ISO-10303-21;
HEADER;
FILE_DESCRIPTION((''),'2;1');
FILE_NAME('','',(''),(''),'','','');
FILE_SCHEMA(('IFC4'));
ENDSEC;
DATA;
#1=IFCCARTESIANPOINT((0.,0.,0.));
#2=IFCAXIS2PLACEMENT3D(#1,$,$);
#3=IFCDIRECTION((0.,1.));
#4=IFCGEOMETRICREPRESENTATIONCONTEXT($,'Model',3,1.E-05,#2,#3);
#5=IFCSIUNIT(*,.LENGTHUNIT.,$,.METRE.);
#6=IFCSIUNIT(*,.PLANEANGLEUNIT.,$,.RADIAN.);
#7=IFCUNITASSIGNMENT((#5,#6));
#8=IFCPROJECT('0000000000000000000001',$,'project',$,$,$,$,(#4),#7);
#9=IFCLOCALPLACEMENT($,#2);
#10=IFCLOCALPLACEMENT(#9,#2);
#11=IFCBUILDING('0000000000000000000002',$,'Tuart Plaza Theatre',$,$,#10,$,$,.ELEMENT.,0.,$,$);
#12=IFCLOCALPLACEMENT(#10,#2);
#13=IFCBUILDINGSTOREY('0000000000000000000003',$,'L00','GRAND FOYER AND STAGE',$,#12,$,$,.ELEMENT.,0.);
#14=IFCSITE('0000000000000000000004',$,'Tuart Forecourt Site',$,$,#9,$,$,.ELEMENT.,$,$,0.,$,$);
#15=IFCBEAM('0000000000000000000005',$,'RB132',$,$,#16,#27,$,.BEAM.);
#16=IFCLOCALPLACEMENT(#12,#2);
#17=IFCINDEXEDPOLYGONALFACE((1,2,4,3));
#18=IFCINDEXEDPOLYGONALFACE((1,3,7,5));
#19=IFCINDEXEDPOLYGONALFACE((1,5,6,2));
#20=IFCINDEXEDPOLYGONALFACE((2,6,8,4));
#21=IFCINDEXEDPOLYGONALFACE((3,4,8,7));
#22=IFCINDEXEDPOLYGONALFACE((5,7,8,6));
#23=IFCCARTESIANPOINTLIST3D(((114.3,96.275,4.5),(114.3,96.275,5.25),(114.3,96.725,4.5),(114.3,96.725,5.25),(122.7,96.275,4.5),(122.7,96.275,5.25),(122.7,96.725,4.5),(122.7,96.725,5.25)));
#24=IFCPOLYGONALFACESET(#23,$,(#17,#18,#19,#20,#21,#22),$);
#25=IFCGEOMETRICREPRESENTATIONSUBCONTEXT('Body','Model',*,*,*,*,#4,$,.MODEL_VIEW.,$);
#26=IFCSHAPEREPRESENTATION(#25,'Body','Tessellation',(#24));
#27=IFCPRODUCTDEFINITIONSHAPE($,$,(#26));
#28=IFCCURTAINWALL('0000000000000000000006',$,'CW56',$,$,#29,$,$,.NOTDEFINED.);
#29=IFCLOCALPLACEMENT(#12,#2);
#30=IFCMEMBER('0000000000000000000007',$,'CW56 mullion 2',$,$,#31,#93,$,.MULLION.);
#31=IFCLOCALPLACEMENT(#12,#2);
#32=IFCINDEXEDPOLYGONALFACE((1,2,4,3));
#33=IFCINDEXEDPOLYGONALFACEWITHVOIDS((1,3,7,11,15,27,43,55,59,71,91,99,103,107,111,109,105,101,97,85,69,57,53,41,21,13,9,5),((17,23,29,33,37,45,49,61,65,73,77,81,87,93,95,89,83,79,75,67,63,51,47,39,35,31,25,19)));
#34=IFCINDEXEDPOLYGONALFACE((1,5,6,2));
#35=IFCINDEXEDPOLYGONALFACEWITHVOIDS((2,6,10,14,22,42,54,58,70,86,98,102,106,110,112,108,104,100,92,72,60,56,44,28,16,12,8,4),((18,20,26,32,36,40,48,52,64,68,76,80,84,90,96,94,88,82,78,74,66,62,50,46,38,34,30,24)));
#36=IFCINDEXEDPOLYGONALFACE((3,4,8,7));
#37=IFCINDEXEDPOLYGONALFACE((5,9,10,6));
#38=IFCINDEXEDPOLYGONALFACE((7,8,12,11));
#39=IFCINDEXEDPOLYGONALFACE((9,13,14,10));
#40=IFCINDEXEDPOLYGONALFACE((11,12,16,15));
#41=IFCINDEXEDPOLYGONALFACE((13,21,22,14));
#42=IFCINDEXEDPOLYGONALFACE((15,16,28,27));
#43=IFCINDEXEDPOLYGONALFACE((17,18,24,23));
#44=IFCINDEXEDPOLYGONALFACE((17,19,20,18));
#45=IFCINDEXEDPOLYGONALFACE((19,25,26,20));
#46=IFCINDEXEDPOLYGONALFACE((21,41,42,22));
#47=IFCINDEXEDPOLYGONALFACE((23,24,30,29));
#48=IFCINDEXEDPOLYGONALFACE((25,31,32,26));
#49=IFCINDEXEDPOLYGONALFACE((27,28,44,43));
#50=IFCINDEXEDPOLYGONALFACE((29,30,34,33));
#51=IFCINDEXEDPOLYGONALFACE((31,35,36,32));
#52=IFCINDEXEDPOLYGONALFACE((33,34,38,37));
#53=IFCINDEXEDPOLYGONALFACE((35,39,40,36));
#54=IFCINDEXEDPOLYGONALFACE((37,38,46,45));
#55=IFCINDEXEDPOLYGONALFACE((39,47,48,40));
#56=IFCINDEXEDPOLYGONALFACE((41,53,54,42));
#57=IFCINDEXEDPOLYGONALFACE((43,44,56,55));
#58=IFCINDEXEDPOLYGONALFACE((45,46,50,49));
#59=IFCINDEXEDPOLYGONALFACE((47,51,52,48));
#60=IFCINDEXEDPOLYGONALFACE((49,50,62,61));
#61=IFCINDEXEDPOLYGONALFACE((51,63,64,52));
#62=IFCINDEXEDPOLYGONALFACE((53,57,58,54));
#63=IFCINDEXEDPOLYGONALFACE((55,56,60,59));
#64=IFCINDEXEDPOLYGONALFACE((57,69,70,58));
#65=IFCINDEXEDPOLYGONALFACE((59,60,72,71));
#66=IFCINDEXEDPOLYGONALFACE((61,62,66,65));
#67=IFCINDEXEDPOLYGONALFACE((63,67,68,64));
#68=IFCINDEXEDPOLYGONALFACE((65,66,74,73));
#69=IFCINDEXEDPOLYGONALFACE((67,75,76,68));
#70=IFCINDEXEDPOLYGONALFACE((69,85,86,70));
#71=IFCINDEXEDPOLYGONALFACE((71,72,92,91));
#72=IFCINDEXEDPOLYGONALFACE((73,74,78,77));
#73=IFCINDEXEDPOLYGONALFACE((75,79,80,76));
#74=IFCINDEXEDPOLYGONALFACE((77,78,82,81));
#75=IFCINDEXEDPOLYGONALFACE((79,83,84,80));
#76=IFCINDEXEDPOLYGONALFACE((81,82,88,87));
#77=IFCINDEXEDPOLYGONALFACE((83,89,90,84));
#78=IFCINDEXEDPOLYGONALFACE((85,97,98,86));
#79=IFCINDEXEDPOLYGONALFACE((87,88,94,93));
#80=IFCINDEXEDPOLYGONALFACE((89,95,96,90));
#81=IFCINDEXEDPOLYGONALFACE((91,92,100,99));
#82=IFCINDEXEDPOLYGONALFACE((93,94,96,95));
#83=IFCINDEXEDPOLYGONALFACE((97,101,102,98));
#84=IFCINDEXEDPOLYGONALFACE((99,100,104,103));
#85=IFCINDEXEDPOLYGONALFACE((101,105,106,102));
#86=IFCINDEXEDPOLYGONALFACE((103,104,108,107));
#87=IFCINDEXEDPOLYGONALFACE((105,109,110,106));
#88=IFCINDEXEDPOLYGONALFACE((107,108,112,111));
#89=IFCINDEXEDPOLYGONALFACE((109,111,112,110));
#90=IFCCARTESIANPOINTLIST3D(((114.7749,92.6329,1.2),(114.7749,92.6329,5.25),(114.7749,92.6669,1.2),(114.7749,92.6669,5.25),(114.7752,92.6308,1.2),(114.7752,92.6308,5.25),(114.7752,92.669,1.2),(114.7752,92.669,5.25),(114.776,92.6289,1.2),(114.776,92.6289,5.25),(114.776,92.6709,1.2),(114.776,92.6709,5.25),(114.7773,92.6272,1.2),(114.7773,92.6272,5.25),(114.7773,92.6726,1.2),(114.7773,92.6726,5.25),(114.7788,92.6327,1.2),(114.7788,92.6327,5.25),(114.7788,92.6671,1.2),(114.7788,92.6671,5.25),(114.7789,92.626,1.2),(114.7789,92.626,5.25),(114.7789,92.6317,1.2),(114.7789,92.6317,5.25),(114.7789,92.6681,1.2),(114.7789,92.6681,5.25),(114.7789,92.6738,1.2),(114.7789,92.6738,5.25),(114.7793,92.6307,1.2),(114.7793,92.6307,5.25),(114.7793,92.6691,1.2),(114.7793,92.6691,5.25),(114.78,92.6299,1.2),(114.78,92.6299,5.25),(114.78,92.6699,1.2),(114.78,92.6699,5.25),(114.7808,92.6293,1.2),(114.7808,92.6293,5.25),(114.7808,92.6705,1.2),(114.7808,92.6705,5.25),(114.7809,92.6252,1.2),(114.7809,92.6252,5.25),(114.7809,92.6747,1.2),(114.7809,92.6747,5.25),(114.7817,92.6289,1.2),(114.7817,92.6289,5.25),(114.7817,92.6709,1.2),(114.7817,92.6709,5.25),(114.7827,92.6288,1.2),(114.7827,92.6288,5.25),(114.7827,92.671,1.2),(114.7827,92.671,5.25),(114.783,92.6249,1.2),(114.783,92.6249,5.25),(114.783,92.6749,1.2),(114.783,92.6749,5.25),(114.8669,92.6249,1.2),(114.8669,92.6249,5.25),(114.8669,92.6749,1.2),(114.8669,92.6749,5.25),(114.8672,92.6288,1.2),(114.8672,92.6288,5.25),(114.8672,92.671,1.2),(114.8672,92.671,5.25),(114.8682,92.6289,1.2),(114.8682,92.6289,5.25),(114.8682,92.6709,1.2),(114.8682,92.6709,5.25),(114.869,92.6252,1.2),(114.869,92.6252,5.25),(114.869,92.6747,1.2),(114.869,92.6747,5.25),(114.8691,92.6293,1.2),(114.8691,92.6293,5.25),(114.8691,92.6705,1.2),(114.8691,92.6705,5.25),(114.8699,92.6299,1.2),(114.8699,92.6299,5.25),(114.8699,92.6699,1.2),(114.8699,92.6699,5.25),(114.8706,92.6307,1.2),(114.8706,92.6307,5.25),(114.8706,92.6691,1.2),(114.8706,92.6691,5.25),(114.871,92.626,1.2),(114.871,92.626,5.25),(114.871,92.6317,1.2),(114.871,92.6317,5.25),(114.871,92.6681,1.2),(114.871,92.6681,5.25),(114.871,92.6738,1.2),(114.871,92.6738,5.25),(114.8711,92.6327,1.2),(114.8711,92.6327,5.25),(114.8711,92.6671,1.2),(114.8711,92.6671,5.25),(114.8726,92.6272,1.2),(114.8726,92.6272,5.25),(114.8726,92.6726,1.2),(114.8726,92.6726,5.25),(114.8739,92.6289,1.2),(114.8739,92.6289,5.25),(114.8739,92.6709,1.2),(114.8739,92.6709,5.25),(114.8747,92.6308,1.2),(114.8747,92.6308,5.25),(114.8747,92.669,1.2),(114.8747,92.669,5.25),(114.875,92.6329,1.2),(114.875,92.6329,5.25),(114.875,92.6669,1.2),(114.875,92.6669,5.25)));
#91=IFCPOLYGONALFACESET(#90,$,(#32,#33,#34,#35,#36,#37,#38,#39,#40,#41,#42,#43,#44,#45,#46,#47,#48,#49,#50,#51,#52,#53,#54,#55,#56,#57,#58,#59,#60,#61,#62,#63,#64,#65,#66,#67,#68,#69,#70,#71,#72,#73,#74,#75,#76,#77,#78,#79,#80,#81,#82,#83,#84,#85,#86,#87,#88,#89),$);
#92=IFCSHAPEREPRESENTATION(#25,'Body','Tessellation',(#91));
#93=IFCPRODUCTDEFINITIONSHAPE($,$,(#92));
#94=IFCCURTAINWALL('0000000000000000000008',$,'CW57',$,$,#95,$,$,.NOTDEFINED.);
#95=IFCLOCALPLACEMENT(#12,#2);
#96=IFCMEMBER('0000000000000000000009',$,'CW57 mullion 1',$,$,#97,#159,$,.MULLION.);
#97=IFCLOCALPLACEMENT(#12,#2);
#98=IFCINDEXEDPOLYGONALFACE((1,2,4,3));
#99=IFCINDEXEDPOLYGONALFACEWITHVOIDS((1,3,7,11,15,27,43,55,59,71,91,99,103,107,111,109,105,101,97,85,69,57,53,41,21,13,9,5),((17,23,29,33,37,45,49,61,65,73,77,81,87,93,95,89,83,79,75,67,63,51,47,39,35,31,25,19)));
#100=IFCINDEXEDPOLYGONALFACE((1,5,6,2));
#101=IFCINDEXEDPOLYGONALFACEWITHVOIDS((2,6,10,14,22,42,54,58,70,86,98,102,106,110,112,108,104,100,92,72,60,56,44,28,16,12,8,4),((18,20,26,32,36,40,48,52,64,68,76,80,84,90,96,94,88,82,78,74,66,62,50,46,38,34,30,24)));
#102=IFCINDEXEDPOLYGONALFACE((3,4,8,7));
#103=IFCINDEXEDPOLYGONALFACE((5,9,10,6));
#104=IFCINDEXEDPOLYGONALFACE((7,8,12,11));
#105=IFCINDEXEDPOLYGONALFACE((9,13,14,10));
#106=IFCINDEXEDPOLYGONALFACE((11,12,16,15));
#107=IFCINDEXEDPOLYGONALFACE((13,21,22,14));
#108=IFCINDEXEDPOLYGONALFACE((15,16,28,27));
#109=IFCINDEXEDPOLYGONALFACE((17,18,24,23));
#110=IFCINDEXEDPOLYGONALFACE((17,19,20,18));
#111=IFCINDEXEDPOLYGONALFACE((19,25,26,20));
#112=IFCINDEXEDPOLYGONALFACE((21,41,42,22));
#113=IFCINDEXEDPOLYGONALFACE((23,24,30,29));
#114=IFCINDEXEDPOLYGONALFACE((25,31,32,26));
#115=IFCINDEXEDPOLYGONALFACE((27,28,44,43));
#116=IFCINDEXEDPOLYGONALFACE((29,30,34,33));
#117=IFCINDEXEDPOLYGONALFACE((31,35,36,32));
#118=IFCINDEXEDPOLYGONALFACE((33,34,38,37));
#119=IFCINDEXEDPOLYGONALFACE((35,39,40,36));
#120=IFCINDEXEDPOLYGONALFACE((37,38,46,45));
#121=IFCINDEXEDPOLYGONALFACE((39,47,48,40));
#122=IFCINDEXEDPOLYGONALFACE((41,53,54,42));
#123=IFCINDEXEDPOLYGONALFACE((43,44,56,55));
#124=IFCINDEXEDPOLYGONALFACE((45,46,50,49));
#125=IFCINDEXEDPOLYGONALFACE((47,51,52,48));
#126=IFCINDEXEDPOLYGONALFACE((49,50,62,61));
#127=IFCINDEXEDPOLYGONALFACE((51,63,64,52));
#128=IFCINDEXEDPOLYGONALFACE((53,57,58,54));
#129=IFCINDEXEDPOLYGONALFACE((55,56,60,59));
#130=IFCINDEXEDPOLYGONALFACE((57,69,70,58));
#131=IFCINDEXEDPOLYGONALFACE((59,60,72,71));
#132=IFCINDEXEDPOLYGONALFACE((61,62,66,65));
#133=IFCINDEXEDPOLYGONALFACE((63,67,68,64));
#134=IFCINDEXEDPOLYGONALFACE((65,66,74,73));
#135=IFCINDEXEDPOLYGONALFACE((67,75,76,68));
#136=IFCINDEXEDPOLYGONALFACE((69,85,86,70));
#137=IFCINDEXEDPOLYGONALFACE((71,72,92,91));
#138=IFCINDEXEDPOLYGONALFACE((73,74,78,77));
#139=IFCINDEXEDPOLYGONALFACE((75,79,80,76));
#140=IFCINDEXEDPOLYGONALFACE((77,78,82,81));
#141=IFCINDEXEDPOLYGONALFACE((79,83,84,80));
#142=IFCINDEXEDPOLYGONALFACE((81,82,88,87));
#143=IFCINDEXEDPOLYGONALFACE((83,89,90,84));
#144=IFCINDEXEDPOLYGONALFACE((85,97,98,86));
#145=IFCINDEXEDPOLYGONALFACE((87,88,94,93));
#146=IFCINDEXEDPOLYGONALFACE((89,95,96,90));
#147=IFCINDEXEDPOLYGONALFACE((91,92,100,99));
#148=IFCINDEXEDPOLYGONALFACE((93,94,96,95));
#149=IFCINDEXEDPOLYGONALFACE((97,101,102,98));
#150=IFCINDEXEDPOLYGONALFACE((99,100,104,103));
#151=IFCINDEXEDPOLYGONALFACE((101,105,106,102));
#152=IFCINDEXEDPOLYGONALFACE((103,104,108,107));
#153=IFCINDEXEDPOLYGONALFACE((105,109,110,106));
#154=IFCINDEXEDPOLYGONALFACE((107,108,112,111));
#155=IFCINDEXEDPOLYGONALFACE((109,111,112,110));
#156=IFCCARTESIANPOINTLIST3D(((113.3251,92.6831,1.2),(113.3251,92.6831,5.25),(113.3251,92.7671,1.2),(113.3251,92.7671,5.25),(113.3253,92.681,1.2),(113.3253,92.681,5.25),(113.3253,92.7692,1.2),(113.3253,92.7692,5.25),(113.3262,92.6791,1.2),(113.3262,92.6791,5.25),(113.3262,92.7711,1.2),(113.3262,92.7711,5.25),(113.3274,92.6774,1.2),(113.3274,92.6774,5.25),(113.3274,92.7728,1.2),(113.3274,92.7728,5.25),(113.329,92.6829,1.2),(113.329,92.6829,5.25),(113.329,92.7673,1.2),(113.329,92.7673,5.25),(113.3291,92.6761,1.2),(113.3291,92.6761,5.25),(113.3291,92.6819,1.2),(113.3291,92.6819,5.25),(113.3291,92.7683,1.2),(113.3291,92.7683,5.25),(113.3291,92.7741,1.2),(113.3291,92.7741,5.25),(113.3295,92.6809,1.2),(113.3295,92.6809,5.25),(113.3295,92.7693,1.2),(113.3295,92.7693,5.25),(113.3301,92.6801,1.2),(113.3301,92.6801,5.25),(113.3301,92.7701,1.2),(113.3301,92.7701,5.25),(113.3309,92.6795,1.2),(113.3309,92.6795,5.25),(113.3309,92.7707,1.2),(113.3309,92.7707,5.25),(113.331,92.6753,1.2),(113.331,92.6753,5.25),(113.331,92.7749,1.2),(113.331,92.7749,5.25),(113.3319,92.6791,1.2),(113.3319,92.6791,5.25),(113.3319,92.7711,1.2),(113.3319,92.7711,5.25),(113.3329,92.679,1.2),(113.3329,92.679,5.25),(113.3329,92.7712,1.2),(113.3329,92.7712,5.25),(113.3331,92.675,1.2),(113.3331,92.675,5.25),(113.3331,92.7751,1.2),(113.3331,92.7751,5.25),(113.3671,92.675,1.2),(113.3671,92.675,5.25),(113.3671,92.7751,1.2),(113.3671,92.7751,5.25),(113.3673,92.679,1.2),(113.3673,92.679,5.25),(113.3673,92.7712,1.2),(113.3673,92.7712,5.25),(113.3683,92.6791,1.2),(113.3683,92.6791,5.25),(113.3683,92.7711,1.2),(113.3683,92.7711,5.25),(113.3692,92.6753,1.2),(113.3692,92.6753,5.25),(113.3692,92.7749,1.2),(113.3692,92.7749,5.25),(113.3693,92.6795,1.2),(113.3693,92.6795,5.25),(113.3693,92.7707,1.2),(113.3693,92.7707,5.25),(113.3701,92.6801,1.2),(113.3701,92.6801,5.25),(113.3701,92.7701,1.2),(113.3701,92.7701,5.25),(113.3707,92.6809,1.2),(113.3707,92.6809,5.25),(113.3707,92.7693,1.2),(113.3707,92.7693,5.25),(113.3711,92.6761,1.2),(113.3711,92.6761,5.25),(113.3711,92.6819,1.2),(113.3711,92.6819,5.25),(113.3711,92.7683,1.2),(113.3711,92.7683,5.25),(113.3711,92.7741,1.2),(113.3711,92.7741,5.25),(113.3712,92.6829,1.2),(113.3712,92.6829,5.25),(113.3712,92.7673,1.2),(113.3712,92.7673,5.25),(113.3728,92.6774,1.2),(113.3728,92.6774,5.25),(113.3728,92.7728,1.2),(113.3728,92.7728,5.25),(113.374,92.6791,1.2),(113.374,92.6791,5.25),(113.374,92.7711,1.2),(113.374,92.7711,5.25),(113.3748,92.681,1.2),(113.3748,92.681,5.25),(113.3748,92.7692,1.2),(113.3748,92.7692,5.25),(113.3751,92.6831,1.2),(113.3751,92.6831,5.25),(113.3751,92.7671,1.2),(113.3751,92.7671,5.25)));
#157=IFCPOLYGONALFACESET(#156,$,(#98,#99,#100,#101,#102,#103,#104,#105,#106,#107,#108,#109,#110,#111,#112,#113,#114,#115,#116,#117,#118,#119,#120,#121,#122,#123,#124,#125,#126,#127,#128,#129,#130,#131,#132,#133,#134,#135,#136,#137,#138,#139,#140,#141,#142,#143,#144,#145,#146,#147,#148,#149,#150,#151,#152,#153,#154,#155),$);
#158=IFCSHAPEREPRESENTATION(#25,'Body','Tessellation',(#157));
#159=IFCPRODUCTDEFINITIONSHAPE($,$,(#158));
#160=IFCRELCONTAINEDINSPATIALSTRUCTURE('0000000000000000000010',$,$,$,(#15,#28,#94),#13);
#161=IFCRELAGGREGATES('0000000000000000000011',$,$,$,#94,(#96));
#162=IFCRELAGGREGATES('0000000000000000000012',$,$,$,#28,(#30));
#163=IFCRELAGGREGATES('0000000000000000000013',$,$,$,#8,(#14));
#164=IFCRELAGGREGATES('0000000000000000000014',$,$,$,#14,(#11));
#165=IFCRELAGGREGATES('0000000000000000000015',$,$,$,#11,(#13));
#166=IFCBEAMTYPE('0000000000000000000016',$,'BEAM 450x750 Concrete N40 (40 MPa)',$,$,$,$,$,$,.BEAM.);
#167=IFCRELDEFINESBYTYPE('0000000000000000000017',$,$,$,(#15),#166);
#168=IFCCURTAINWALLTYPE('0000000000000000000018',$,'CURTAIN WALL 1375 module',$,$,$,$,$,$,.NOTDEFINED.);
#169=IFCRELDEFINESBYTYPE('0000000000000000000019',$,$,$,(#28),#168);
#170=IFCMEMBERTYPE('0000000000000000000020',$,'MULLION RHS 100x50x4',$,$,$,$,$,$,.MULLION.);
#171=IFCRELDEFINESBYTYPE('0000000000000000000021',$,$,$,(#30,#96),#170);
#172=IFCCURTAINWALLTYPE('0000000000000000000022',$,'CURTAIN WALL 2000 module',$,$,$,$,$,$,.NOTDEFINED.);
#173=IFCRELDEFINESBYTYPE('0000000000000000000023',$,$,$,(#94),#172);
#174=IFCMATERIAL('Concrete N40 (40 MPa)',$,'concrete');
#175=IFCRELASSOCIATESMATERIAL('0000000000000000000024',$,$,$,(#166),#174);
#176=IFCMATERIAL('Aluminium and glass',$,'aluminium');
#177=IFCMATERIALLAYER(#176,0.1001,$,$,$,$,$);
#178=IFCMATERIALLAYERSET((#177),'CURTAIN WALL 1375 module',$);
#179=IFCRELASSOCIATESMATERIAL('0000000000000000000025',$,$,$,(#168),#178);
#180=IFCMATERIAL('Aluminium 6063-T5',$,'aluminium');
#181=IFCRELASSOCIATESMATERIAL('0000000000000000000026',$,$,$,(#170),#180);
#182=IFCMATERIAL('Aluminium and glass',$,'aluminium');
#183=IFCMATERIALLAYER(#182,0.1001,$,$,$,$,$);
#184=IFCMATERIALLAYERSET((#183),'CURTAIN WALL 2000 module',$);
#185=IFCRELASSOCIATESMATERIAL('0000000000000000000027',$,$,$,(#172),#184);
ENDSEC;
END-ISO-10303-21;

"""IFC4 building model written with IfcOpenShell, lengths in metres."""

from ifc_helpers import new_model, si_unit, direction, frame, origin, origin_2d, place, context, subcontext, project, spatial, rectangle, hollow_rectangle, extrude, material, layer, layer_set, material_profile, profile_set, type_object, element, aggregate, save


model = new_model("IFC4")

# Units and contexts
model_context = context("Model", 3, precision=1e-05, world=origin(), true_north=direction((0.0, 1.0)))
body_context = subcontext(model_context, "Body", "Model", "MODEL_VIEW")
ifc_project = project(units=[si_unit("LENGTHUNIT", "METRE"), si_unit("PLANEANGLEUNIT", "RADIAN")], contexts=[model_context])

# Site, building, storey
site_placement = place(None, origin())
site = spatial("IfcSite", under=ifc_project, at=site_placement, Name="Tuart Forecourt Site", CompositionType="ELEMENT", RefElevation=0.0)
building_placement = place(site_placement, origin())
building = spatial("IfcBuilding", under=site, at=building_placement, Name="Tuart Plaza Theatre", CompositionType="ELEMENT", ElevationOfRefHeight=0.0)
storey_placement = place(building_placement, origin())
storey = spatial("IfcBuildingStorey", under=building, at=storey_placement, Name="L00", Description="GRAND FOYER AND STAGE", CompositionType="ELEMENT", Elevation=0.0)

# Beam
ifc_material_1 = material(Name="Concrete N40 (40 MPa)", Category="concrete")
ifc_material_profile_1 = material_profile(ifc_material_1, rectangle(XDim=0.45, YDim=0.75, at=origin_2d()), Name="BEAM 450x750 Concrete N40 (40 MPa)")
ifc_profile_set_1 = profile_set([ifc_material_profile_1], Name="Concrete N40 (40 MPa)")
beam_type = type_object("IfcBeamType", Name="BEAM 450x750 Concrete N40 (40 MPa)", PredefinedType="BEAM", material=ifc_profile_set_1)
beam_placement = place(storey_placement, frame((114.3, 96.5, 4.875), z_axis=(1.0, 0.0, 0.0), x_axis=(0.0, 1.0, 0.0)))
element("IfcBeam", 1, at=beam_placement, inside=storey, type_object=beam_type, Name="RB132", PredefinedType="BEAM", context=body_context, shape_type="SweptSolid", body=[
    extrude(rectangle(XDim=0.45, YDim=0.75, at=origin_2d()), origin(), (0.0, 0.0, 1.0), 8.3999),
])

# Curtain walls, members
ifc_material_2 = material(Name="Aluminium and glass", Category="aluminium")
ifc_layer_1 = layer(ifc_material_2, 0.1001)
ifc_layer_set_1 = layer_set([ifc_layer_1], Name="CURTAIN WALL 1375 module")
curtain_wall_type_1 = type_object("IfcCurtainWallType", Name="CURTAIN WALL 1375 module", PredefinedType="NOTDEFINED", material=ifc_layer_set_1)
curtain_wall_1_placement = place(storey_placement, origin())
curtain_wall_1 = element("IfcCurtainWall", 2, at=curtain_wall_1_placement, inside=storey, type_object=curtain_wall_type_1, Name="CW56", PredefinedType="NOTDEFINED")
ifc_material_3 = material(Name="Aluminium 6063-T5", Category="aluminium")
ifc_material_profile_2 = material_profile(ifc_material_3, hollow_rectangle(XDim=0.05, YDim=0.1001, WallThickness=0.0039, InnerFilletRadius=0.0039, OuterFilletRadius=0.0081, at=origin_2d()), Name="RHS 100x50x4")
ifc_profile_set_2 = profile_set([ifc_material_profile_2], Name="Aluminium 6063-T5")
member_type_1 = type_object("IfcMemberType", Name="MULLION RHS 100x50x4", PredefinedType="MULLION", material=ifc_profile_set_2)
member_1_placement = place(storey_placement, frame((114.825, 92.6499, 1.2), z_axis=(0.0, 0.0, 1.0), x_axis=(0.0, -1.0, 0.0)))
member_1 = element("IfcMember", 3, at=member_1_placement, type_object=member_type_1, Name="CW56 mullion 2", PredefinedType="MULLION", context=body_context, shape_type="SweptSolid", body=[
    extrude(hollow_rectangle(XDim=0.05, YDim=0.1001, WallThickness=0.0039, InnerFilletRadius=0.0039, OuterFilletRadius=0.0081, at=origin_2d()), origin(), (0.0, 0.0, 1.0), 4.05),
])
ifc_material_4 = material(Name="Aluminium and glass", Category="aluminium")
ifc_layer_2 = layer(ifc_material_4, 0.1001)
ifc_layer_set_2 = layer_set([ifc_layer_2], Name="CURTAIN WALL 2000 module")
curtain_wall_type_2 = type_object("IfcCurtainWallType", Name="CURTAIN WALL 2000 module", PredefinedType="NOTDEFINED", material=ifc_layer_set_2)
curtain_wall_2_placement = place(storey_placement, origin())
curtain_wall_2 = element("IfcCurtainWall", 4, at=curtain_wall_2_placement, inside=storey, type_object=curtain_wall_type_2, Name="CW57", PredefinedType="NOTDEFINED")
member_2_placement = place(storey_placement, frame((113.3501, 92.7251, 1.2), z_axis=(0.0, 0.0, 1.0), x_axis=(1.0, 0.0, 0.0)))
member_2 = element("IfcMember", 5, at=member_2_placement, type_object=member_type_1, Name="CW57 mullion 1", PredefinedType="MULLION", context=body_context, shape_type="SweptSolid", body=[
    extrude(hollow_rectangle(XDim=0.05, YDim=0.1001, WallThickness=0.0039, InnerFilletRadius=0.0039, OuterFilletRadius=0.0081, at=origin_2d()), origin(), (0.0, 0.0, 1.0), 4.05),
])

aggregate(curtain_wall_2, [member_2])

aggregate(curtain_wall_1, [member_1])

save(model, "model.ifc")
